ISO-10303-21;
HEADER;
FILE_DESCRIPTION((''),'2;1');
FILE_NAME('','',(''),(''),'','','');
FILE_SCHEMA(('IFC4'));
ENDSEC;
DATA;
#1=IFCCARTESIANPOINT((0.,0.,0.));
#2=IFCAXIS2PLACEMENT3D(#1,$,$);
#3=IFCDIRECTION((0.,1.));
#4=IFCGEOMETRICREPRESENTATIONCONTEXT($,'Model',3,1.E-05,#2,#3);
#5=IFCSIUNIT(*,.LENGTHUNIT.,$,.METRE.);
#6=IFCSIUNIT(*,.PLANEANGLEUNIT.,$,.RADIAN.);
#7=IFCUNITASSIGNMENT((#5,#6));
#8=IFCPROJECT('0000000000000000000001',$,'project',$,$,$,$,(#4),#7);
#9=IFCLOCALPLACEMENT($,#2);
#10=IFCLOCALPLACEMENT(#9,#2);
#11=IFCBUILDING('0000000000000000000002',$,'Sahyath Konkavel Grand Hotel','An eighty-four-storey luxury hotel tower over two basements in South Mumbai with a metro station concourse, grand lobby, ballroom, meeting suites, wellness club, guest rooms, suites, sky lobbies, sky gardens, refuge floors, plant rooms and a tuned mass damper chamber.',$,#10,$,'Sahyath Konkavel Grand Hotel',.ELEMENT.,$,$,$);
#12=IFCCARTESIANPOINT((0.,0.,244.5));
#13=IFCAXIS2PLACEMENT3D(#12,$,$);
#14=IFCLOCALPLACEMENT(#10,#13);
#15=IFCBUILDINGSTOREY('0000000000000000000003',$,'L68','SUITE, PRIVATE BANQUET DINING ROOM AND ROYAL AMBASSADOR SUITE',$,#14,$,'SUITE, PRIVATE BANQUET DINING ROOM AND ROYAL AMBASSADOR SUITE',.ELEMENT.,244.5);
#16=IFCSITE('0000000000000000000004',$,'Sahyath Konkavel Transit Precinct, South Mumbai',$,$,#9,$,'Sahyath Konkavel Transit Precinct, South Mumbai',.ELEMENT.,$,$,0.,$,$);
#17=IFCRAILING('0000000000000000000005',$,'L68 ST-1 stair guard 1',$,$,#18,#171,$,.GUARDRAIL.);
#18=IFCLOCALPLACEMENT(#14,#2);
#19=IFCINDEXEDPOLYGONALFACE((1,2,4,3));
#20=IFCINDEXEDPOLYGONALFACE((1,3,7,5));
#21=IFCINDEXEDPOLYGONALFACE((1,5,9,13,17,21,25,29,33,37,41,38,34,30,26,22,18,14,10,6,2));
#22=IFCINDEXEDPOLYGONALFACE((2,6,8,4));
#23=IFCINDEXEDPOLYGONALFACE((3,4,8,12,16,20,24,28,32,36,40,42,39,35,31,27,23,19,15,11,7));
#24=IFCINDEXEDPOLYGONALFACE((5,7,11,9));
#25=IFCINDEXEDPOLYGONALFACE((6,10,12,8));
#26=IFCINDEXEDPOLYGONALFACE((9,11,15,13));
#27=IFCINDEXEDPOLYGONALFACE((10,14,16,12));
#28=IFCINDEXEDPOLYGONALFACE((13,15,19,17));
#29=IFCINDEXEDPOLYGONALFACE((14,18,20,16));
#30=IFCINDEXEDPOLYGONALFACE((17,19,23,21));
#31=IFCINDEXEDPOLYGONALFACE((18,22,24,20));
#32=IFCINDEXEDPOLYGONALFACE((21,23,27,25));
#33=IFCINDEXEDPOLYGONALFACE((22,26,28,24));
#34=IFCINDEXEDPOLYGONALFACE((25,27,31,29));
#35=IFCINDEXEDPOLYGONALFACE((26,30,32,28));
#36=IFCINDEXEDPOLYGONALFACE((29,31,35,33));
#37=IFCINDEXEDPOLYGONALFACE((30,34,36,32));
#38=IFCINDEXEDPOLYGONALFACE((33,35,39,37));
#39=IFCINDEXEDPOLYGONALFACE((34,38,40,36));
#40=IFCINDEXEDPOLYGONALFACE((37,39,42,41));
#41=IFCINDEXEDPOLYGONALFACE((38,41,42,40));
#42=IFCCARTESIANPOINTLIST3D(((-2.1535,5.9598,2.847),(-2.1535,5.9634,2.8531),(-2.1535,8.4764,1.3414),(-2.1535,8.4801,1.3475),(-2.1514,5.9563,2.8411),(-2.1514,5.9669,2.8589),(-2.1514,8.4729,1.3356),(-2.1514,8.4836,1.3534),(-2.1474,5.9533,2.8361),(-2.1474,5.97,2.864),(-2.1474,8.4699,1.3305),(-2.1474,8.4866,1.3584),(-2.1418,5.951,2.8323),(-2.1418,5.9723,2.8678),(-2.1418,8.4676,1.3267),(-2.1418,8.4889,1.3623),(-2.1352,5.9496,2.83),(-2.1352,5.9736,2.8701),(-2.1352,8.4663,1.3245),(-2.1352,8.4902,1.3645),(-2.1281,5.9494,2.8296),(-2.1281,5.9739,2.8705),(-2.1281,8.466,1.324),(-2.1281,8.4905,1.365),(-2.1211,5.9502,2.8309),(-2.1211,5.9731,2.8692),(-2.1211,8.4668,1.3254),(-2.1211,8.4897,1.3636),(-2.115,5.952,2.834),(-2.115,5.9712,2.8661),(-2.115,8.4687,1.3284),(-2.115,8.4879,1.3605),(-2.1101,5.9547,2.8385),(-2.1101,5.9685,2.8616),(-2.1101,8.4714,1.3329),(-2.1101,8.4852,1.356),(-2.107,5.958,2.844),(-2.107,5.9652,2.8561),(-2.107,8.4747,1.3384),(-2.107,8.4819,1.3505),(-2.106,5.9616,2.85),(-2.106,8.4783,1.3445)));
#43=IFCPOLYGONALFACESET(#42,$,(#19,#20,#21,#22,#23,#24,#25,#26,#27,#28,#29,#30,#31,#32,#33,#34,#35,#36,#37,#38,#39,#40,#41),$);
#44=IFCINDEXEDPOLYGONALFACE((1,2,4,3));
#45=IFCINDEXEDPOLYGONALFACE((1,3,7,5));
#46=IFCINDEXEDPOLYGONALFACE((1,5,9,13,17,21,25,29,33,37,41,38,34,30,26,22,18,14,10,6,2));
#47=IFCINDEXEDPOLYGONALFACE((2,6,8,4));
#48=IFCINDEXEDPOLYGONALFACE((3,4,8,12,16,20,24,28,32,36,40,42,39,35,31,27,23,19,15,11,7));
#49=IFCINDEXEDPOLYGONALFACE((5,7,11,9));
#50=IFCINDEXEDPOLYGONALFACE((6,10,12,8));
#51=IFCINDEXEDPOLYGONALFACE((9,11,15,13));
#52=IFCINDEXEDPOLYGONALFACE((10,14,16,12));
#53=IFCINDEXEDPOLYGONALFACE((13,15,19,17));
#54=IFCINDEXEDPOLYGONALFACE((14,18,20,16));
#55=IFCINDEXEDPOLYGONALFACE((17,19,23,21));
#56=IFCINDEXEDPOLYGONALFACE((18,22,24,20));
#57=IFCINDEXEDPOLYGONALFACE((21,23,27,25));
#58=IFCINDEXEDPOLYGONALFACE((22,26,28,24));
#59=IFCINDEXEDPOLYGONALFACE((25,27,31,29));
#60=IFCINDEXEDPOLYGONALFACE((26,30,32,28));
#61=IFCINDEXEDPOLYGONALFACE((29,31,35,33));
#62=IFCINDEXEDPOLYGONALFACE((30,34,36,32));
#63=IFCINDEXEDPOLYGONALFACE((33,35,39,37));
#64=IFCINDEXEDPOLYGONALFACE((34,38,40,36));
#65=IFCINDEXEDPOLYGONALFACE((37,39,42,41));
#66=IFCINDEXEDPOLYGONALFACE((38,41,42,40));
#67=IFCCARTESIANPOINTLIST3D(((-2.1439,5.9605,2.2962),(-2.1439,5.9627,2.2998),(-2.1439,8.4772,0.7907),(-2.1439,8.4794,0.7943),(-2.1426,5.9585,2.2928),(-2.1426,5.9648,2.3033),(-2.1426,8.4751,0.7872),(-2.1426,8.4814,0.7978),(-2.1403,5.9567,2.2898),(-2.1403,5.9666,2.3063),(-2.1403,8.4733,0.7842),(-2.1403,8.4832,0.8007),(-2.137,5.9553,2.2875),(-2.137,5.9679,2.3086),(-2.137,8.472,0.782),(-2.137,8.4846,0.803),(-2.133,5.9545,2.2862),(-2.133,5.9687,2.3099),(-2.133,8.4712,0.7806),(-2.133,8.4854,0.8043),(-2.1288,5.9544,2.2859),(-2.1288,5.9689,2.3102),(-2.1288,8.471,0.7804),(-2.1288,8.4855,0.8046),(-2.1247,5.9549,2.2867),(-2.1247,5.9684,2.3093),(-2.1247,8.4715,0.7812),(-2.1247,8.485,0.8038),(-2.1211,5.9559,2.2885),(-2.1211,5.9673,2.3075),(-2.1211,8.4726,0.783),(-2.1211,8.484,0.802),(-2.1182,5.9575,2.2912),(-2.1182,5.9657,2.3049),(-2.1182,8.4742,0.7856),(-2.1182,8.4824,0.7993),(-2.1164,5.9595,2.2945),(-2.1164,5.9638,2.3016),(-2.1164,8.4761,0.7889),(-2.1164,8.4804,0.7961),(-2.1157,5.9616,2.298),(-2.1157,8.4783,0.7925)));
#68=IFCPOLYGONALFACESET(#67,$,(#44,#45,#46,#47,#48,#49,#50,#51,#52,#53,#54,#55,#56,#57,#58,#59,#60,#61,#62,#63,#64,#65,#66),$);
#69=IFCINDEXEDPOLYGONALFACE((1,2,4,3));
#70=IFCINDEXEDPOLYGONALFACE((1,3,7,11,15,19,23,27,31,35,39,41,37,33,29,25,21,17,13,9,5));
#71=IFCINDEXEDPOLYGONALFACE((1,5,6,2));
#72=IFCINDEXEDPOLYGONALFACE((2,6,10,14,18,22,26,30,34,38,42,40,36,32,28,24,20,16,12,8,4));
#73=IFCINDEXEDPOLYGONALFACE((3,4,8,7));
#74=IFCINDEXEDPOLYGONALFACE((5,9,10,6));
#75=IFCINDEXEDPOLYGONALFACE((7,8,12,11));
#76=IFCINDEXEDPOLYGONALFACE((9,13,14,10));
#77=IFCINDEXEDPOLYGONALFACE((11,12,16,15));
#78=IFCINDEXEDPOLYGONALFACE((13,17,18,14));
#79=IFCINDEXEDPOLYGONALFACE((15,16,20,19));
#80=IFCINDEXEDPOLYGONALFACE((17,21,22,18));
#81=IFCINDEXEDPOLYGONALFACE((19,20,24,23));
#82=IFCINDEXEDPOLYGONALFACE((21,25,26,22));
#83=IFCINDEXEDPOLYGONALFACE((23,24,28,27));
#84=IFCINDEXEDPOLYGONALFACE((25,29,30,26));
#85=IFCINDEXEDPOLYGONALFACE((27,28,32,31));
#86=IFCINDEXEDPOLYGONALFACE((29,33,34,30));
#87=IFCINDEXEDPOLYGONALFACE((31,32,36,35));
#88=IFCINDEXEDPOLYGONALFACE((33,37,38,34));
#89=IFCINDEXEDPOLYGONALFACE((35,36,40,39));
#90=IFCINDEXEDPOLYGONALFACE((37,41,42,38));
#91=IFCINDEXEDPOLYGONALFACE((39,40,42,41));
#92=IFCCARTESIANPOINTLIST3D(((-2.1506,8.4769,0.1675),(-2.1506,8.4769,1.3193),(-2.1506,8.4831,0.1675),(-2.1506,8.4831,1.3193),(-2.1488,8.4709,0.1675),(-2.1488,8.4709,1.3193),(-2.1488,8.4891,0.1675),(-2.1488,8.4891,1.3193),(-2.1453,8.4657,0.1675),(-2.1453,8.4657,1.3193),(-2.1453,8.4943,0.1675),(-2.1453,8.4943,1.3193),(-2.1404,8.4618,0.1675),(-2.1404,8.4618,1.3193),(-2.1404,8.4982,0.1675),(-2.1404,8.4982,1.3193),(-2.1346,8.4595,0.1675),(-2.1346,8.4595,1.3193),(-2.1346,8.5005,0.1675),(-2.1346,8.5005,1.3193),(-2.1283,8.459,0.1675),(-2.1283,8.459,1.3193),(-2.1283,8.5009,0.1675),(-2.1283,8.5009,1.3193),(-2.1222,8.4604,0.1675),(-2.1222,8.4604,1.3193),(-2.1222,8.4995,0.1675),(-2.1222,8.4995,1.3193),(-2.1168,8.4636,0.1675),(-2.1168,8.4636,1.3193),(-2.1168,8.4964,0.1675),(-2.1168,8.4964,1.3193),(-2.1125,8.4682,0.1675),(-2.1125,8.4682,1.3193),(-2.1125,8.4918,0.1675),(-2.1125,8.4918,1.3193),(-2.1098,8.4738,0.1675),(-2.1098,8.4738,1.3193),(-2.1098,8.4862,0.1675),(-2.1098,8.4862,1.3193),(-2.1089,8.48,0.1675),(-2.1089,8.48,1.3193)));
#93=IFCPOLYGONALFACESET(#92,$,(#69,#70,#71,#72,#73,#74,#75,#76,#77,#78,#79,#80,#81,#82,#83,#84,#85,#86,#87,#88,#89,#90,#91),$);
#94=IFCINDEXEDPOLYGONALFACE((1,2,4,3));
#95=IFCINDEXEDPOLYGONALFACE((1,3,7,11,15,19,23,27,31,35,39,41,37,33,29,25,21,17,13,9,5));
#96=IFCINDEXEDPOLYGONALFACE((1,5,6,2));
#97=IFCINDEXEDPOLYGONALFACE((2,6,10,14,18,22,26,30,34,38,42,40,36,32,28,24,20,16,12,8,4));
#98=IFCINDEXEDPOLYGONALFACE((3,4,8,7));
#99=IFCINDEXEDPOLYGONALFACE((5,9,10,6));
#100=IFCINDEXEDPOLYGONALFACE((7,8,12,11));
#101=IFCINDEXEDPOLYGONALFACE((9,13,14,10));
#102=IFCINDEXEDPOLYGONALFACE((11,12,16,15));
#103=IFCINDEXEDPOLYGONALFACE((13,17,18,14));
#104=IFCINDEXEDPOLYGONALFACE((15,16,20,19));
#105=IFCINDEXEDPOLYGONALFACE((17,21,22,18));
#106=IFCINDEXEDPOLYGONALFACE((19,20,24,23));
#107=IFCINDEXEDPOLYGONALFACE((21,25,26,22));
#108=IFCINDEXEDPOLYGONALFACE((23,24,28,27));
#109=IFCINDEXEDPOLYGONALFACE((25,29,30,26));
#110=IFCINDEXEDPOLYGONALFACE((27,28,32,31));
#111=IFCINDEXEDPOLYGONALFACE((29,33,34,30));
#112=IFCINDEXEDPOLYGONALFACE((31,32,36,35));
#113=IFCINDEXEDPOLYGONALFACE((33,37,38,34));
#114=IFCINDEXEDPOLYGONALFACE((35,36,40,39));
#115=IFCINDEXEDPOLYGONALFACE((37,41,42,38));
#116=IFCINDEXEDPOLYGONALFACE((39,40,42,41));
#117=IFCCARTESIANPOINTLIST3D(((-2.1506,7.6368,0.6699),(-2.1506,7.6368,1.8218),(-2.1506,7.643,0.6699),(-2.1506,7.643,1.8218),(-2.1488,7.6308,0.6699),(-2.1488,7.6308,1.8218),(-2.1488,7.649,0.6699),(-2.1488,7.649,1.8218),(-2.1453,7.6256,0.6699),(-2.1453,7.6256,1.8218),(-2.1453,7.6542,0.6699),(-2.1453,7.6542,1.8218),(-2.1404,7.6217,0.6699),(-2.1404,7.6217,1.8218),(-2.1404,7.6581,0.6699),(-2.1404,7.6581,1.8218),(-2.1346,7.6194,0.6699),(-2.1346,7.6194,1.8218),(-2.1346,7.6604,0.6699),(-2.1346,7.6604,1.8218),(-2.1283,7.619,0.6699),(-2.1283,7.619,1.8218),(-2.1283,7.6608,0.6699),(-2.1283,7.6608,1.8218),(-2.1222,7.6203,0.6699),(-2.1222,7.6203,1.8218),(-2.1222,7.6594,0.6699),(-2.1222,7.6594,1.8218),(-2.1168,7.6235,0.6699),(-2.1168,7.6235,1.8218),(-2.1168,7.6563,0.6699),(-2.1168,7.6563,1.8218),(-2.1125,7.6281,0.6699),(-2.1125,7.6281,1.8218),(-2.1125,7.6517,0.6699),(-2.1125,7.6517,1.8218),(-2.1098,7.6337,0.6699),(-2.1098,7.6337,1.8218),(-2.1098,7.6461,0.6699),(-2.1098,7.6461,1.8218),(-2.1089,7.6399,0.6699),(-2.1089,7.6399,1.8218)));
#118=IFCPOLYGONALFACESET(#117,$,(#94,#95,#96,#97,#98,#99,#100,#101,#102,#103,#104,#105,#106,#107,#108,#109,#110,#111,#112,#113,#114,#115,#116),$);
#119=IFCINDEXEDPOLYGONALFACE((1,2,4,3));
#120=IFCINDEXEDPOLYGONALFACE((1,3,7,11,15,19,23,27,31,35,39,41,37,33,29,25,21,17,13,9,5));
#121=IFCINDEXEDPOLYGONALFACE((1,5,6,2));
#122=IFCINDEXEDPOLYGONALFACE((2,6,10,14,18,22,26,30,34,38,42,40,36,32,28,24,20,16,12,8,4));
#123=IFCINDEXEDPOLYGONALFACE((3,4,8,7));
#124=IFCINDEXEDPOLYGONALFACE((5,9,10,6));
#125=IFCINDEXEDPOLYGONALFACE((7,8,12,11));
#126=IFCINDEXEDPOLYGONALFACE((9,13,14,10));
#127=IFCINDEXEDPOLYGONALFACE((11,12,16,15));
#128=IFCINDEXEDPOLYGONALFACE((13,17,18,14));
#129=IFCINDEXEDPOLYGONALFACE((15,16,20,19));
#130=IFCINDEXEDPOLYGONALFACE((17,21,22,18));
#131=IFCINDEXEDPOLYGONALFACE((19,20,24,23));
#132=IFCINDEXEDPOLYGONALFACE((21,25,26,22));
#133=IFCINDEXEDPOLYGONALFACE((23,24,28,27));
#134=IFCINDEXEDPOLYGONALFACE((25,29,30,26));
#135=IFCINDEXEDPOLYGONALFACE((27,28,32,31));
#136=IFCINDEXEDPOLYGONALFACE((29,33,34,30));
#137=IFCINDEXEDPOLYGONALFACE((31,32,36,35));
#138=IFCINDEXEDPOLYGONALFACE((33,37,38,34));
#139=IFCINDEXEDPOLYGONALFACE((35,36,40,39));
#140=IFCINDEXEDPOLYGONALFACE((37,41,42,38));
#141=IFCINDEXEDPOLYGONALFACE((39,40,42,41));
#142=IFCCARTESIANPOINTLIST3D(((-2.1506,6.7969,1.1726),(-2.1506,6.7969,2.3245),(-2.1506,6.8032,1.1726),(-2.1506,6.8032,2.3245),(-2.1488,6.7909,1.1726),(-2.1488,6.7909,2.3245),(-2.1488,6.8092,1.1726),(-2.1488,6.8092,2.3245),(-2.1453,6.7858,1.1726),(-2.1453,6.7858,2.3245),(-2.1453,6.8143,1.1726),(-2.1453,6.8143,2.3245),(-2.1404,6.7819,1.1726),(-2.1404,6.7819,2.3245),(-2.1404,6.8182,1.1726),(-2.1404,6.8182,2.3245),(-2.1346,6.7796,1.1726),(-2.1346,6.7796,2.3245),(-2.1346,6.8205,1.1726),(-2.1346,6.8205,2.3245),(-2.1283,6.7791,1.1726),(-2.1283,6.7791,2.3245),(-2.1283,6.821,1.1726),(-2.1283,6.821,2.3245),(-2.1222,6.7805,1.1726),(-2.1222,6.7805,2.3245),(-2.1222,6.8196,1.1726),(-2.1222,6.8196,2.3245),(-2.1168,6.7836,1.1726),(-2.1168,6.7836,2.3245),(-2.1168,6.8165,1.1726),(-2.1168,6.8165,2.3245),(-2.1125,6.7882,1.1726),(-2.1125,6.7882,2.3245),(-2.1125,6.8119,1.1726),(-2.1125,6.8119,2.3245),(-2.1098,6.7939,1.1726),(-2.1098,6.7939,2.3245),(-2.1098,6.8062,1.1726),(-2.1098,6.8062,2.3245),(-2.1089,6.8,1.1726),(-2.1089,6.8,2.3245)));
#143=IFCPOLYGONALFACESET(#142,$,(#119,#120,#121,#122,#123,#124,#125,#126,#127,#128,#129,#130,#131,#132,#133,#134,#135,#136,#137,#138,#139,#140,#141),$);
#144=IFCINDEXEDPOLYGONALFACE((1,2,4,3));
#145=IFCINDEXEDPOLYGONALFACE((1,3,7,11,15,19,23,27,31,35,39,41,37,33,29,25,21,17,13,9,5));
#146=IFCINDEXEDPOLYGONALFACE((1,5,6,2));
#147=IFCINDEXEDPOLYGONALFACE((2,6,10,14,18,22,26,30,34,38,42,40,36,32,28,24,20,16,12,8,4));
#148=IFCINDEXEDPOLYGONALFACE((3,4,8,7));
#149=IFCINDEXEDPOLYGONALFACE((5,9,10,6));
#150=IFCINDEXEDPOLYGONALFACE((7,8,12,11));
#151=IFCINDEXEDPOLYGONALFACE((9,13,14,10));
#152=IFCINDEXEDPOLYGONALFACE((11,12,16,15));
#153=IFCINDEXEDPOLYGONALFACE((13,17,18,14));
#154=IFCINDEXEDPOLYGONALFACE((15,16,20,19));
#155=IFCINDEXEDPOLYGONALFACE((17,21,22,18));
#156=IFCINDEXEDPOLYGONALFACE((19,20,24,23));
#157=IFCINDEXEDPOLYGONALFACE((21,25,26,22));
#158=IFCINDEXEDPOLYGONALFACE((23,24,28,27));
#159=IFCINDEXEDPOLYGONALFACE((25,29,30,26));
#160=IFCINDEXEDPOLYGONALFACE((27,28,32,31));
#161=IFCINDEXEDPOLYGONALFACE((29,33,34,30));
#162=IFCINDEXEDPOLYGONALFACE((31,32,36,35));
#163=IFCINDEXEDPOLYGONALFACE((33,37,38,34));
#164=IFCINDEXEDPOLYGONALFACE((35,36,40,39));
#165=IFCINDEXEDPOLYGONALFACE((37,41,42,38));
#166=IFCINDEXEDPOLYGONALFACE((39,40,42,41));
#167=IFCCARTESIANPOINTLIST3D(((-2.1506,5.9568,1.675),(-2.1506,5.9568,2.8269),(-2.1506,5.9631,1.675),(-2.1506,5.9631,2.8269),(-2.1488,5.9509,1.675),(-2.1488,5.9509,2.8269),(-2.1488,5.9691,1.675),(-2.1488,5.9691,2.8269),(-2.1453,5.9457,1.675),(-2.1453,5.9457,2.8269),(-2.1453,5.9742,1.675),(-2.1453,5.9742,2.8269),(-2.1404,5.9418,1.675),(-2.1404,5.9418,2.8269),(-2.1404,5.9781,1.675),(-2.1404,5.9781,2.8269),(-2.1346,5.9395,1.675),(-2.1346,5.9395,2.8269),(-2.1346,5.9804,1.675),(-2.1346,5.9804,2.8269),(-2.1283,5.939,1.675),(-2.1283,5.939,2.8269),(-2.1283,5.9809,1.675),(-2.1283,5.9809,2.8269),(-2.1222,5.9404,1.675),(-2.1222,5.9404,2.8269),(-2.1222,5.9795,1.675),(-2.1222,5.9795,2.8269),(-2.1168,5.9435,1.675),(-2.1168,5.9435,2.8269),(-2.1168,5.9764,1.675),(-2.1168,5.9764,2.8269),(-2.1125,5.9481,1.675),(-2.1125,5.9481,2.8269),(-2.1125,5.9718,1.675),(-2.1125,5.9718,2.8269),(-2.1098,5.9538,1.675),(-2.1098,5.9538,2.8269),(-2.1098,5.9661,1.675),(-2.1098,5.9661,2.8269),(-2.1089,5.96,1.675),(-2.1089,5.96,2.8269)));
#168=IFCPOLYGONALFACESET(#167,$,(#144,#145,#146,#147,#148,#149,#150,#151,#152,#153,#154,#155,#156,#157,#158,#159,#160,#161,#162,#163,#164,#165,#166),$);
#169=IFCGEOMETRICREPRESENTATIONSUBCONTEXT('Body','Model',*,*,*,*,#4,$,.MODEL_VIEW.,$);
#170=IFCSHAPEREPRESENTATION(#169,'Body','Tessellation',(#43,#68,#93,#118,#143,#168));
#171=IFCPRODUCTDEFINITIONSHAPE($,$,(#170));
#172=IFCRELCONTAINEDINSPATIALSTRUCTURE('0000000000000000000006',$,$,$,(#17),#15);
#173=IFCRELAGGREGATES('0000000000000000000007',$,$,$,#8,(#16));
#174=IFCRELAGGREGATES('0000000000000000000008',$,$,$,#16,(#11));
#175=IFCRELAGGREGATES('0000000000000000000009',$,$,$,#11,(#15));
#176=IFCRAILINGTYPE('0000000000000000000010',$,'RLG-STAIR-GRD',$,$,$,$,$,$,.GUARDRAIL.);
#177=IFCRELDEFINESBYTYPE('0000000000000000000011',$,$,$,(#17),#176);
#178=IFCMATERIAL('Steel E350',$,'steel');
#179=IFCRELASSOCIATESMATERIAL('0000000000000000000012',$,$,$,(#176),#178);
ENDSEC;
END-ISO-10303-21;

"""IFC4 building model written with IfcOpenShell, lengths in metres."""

from ifc_helpers import new_model, si_unit, direction, frame, origin, origin_2d, place, context, subcontext, project, spatial, circle, extrude, material, type_object, element, save


model = new_model("IFC4")

# Units and contexts
model_context = context("Model", 3, precision=1e-05, world=origin(), true_north=direction((0.0, 1.0)))
body_context = subcontext(model_context, "Body", "Model", "MODEL_VIEW")
ifc_project = project(units=[si_unit("LENGTHUNIT", "METRE"), si_unit("PLANEANGLEUNIT", "RADIAN")], contexts=[model_context])

# Site, building, storey
site_placement = place(None, origin())
site = spatial("IfcSite", under=ifc_project, at=site_placement, Name="Sahyath Konkavel Transit Precinct, South Mumbai", LongName="Sahyath Konkavel Transit Precinct, South Mumbai", CompositionType="ELEMENT", RefElevation=0.0)
building_placement = place(site_placement, origin())
building = spatial("IfcBuilding", under=site, at=building_placement, Name="Sahyath Konkavel Grand Hotel", Description="An eighty-four-storey luxury hotel tower over two basements in South Mumbai with a metro station concourse, grand lobby, ballroom, meeting suites, wellness club, guest rooms, suites, sky lobbies, sky gardens, refuge floors, plant rooms and a tuned mass damper chamber.", LongName="Sahyath Konkavel Grand Hotel", CompositionType="ELEMENT")
storey_placement = place(building_placement, frame((0.0, 0.0, 244.5)))
storey = spatial("IfcBuildingStorey", under=building, at=storey_placement, Name="L68", Description="SUITE, PRIVATE BANQUET DINING ROOM AND ROYAL AMBASSADOR SUITE", LongName="SUITE, PRIVATE BANQUET DINING ROOM AND ROYAL AMBASSADOR SUITE", CompositionType="ELEMENT", Elevation=244.5)

# Shared definitions
ifc_material_1 = material(Name="Steel E350", Category="steel")

# Railing
railing_type = type_object("IfcRailingType", Name="RLG-STAIR-GRD", PredefinedType="GUARDRAIL", material=ifc_material_1)
railing_1_placement = place(storey_placement, frame((-2.1299, 8.48, 0.1675)))
element("IfcRailing", 1, at=railing_1_placement, inside=storey, type_object=railing_type, Name="L68 ST-1 stair guard 1", PredefinedType="GUARDRAIL", context=body_context, shape_type="SweptSolid", body=[
    extrude(circle(Radius=0.0239, at=origin_2d()), frame((0.0, -0.0017, 1.177), z_axis=(0.0, -0.85816, 0.513383), x_axis=(1.0, 0.0, 0.0)), (0.0, 0.0, 1.0), 2.9326),
    extrude(circle(Radius=0.0142, at=origin_2d()), frame((0.0, -0.0017, 0.625), z_axis=(0.0, -0.85816, 0.513383), x_axis=(1.0, 0.0, 0.0)), (0.0, 0.0, 1.0), 2.9326),
    extrude(circle(Radius=0.021, at=origin_2d()), origin(), (0.0, 0.0, 1.0), 1.1519),
    extrude(circle(Radius=0.021, at=origin_2d()), frame((0.0, -0.8401, 0.5024)), (0.0, 0.0, 1.0), 1.1519),
    extrude(circle(Radius=0.021, at=origin_2d()), frame((0.0, -1.6799, 1.0051)), (0.0, 0.0, 1.0), 1.1519),
    extrude(circle(Radius=0.021, at=origin_2d()), frame((0.0, -2.52, 1.5076)), (0.0, 0.0, 1.0), 1.1519),
])

save(model, "model.ifc")
